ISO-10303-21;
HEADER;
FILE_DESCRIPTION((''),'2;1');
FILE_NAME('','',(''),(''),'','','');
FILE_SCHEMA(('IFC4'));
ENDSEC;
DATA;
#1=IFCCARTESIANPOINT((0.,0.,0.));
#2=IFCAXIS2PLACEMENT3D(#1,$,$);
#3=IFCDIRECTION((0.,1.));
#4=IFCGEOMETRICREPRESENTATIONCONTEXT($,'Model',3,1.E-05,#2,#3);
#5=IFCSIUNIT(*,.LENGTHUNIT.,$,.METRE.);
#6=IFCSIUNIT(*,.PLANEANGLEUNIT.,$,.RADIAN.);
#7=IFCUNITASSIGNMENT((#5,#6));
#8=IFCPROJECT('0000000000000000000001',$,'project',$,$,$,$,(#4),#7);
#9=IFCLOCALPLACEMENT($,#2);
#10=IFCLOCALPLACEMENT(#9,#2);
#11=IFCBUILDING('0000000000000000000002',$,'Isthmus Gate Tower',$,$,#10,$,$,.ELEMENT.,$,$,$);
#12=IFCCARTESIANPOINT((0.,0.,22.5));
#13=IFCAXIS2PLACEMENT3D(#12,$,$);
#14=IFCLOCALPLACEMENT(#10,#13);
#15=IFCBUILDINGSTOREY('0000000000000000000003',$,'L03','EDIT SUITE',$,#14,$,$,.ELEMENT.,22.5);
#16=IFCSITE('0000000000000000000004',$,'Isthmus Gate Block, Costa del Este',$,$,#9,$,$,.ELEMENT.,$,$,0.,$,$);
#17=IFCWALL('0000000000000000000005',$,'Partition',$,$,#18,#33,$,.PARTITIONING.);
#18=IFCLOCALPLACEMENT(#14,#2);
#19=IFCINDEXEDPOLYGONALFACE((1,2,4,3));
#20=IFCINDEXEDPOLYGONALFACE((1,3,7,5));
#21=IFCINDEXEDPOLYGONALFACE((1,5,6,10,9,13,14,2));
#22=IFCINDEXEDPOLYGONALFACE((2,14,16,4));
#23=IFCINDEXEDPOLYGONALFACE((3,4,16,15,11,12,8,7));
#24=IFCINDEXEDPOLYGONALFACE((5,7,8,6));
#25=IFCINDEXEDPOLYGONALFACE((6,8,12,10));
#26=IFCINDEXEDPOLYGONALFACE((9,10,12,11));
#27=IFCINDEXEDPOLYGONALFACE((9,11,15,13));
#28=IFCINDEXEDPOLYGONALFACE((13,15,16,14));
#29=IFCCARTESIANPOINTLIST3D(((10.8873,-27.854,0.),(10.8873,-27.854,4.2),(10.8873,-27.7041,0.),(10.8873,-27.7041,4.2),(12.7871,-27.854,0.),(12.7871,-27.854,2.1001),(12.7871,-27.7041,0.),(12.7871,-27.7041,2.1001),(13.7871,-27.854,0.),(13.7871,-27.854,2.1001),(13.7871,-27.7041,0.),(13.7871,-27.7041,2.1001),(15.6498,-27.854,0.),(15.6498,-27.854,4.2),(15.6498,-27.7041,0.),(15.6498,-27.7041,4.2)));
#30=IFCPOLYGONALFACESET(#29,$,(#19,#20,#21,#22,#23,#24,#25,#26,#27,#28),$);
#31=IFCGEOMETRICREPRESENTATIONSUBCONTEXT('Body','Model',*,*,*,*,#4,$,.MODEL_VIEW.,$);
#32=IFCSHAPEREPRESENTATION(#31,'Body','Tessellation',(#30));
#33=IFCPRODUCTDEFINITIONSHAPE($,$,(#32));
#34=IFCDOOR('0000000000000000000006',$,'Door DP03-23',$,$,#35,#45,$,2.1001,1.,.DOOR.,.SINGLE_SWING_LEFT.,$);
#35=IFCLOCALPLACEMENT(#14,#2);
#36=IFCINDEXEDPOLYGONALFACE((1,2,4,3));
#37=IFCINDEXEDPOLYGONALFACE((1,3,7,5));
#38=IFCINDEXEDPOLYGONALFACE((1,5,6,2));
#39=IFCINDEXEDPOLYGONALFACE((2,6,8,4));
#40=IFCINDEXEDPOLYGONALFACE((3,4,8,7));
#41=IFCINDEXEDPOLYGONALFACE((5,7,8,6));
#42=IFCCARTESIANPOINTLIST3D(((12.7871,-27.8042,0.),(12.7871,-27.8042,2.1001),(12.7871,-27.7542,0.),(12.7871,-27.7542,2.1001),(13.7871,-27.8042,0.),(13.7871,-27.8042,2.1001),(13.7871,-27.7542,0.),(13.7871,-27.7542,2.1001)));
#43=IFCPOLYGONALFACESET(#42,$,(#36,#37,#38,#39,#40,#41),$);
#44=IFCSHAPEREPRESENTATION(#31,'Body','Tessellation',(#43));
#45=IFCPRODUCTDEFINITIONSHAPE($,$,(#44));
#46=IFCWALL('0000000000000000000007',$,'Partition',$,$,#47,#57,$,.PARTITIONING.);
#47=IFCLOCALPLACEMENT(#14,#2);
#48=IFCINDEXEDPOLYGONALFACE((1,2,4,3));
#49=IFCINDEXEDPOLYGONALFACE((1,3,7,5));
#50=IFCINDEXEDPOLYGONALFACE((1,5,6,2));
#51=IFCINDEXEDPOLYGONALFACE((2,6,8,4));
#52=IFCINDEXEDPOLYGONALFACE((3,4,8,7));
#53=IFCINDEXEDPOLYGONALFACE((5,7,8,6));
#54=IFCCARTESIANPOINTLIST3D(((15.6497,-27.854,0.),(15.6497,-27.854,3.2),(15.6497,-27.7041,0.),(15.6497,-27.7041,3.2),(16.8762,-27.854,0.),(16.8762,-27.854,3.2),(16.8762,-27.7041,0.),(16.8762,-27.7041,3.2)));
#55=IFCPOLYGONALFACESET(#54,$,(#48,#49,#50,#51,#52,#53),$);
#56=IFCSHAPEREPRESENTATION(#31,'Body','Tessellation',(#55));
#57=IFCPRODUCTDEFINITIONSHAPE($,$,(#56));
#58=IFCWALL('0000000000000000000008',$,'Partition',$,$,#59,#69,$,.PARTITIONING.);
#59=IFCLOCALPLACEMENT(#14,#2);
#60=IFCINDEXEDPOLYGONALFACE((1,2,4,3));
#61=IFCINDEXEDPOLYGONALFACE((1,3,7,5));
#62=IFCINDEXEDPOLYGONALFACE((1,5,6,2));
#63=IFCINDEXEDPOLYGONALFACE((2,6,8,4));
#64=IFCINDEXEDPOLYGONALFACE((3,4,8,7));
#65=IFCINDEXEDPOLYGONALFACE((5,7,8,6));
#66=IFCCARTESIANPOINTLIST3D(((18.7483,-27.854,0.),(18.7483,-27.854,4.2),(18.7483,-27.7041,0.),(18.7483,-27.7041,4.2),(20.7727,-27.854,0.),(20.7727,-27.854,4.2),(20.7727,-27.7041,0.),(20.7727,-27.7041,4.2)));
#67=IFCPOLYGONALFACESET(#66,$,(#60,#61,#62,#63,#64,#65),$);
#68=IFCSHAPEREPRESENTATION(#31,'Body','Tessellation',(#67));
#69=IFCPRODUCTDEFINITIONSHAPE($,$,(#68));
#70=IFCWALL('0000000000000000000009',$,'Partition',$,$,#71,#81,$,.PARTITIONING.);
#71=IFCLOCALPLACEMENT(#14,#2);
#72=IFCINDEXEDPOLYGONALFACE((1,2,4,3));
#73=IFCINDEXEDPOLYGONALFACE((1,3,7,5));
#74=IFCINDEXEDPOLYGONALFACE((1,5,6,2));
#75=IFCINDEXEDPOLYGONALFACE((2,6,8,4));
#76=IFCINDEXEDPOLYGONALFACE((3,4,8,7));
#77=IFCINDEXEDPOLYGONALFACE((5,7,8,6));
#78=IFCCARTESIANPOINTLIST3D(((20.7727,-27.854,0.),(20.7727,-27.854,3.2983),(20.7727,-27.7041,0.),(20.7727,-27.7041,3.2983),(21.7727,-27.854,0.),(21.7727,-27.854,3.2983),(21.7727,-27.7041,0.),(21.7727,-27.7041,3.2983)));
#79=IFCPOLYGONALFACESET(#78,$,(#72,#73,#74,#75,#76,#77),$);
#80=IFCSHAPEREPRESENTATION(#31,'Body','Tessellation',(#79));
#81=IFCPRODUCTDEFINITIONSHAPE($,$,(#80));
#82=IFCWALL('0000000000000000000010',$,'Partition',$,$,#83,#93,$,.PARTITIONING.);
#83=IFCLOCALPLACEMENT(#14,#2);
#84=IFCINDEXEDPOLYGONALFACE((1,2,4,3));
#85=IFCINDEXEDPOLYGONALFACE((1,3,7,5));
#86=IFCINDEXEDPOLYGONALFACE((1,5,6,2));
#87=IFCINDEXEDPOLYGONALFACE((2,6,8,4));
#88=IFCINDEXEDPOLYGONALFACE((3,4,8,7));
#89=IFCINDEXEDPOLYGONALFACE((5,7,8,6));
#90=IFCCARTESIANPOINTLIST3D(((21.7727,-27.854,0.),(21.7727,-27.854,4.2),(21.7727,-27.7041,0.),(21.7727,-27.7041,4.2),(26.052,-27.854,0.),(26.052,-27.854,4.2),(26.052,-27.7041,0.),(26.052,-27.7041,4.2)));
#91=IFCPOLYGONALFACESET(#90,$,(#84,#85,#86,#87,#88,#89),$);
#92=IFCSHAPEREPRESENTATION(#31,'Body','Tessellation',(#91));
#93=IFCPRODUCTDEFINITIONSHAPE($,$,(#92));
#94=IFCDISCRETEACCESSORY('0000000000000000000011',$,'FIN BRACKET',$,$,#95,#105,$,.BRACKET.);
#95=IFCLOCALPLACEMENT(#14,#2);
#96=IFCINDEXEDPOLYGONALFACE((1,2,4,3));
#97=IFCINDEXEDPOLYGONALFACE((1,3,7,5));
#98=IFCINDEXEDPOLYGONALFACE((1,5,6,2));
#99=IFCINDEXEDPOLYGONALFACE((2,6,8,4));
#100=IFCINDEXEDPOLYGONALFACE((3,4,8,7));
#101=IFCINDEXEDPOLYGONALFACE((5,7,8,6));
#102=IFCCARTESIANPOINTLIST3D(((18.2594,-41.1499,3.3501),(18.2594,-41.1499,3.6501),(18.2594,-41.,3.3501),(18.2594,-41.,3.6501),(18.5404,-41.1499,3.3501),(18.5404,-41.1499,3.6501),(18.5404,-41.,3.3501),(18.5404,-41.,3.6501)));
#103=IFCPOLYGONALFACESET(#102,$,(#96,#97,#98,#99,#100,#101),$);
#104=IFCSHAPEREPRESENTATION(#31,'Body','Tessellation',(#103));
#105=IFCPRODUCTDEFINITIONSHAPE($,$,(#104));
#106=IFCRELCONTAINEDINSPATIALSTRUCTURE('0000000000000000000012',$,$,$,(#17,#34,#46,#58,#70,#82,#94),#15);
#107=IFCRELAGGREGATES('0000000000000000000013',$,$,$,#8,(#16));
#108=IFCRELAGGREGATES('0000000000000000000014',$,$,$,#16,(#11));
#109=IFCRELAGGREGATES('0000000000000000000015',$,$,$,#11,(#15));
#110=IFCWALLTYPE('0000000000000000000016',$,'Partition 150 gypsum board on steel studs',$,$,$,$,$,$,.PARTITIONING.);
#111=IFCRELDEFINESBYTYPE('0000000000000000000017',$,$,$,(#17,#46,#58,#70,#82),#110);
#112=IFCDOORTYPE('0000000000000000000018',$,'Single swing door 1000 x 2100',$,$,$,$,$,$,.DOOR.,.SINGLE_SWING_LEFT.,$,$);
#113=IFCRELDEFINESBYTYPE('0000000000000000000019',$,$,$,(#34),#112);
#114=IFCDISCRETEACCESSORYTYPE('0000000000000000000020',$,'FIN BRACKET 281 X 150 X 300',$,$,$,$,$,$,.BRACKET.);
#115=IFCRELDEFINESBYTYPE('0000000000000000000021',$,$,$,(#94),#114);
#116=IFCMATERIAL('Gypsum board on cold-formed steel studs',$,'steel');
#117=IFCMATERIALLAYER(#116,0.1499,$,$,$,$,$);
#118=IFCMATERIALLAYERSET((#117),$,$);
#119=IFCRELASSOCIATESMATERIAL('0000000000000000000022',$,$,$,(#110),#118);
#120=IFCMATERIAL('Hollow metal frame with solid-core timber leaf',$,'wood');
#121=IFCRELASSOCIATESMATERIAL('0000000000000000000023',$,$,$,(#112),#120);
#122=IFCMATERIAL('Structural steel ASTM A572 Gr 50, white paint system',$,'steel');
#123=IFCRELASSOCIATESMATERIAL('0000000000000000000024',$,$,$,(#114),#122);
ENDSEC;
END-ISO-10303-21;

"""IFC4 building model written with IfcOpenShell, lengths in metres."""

from ifc_helpers import new_model, si_unit, direction, frame, frame_2d, origin, origin_2d, place, context, subcontext, project, spatial, rectangle, extrude, material, layer, layer_set, type_object, element, fill, save


model = new_model("IFC4")

# Units and contexts
model_context = context("Model", 3, precision=1e-05, world=origin(), true_north=direction((0.0, 1.0)))
body_context = subcontext(model_context, "Body", "Model", "MODEL_VIEW")
ifc_project = project(units=[si_unit("LENGTHUNIT", "METRE"), si_unit("PLANEANGLEUNIT", "RADIAN")], contexts=[model_context])

# Site, building, storey
site_placement = place(None, origin())
site = spatial("IfcSite", under=ifc_project, at=site_placement, Name="Isthmus Gate Block, Costa del Este", CompositionType="ELEMENT", RefElevation=0.0)
building_placement = place(site_placement, origin())
building = spatial("IfcBuilding", under=site, at=building_placement, Name="Isthmus Gate Tower", CompositionType="ELEMENT")
storey_placement = place(building_placement, frame((0.0, 0.0, 22.5)))
storey = spatial("IfcBuildingStorey", under=building, at=storey_placement, Name="L03", Description="EDIT SUITE", CompositionType="ELEMENT", Elevation=22.5)

# Wall, opening, door
ifc_material_1 = material(Name="Gypsum board on cold-formed steel studs", Category="steel")
ifc_layer_1 = layer(ifc_material_1, 0.1499)
ifc_layer_set_1 = layer_set([ifc_layer_1])
wall_type_1 = type_object("IfcWallType", Name="Partition 150 gypsum board on steel studs", PredefinedType="PARTITIONING", material=ifc_layer_set_1)
ifc_material_2 = material(Name="Hollow metal frame with solid-core timber leaf", Category="wood")
door_type_1 = type_object("IfcDoorType", Name="Single swing door 1000 x 2100", OperationType="SINGLE_SWING_LEFT", PredefinedType="DOOR", material=ifc_material_2)
wall_1_placement = place(storey_placement, frame((10.8872, -27.7791, 0.0), z_axis=(0.0, 0.0, 1.0), x_axis=(1.0, 0.0, 0.0)))
wall_1 = element("IfcWall", 1, at=wall_1_placement, inside=storey, type_object=wall_type_1, Name="Partition", PredefinedType="PARTITIONING", context=body_context, shape_type="SweptSolid", body=[
    extrude(rectangle(XDim=4.7625, YDim=0.1499, at=frame_2d((2.3813, 0.0))), origin(), (0.0, 0.0, 1.0), 4.2),
])
opening_1_placement = place(wall_1_placement, frame((1.8999, 0.0, 0.0)))
opening_1 = element("IfcOpeningElement", 2, at=opening_1_placement, cuts=wall_1, PredefinedType="OPENING", context=body_context, shape_type="SweptSolid", body=[
    extrude(rectangle(XDim=1.0, YDim=2.1001, at=frame_2d((0.5, 1.05))), frame((0.0, 0.085, 0.0), z_axis=(0.0, -1.0, 0.0), x_axis=(1.0, 0.0, 0.0)), (0.0, 0.0, 1.0), 0.1699),
])
door_1_placement = place(opening_1_placement, origin())
door_1 = element("IfcDoor", 3, at=door_1_placement, inside=storey, type_object=door_type_1, Name="Door DP03-23", OperationType="SINGLE_SWING_LEFT", OverallHeight=2.1001, OverallWidth=1.0, PredefinedType="DOOR", context=body_context, shape_type="SweptSolid", body=[
    extrude(rectangle(XDim=1.0, YDim=2.1001, at=frame_2d((0.5, 1.05))), frame((0.0, 0.0249, 0.0), z_axis=(0.0, -1.0, 0.0), x_axis=(1.0, 0.0, 0.0)), (0.0, 0.0, 1.0), 0.05),
])
fill(opening_1, door_1)

# Walls
wall_2_placement = place(storey_placement, frame((15.6497, -27.7791, 0.0), z_axis=(0.0, 0.0, 1.0), x_axis=(1.0, 0.0, 0.0)))
element("IfcWall", 4, at=wall_2_placement, inside=storey, type_object=wall_type_1, Name="Partition", PredefinedType="PARTITIONING", context=body_context, shape_type="SweptSolid", body=[
    extrude(rectangle(XDim=1.2266, YDim=0.1499, at=frame_2d((0.6133, 0.0))), origin(), (0.0, 0.0, 1.0), 3.2),
])
wall_3_placement = place(storey_placement, frame((18.7483, -27.7791, 0.0), z_axis=(0.0, 0.0, 1.0), x_axis=(1.0, 0.0, 0.0)))
element("IfcWall", 5, at=wall_3_placement, inside=storey, type_object=wall_type_1, Name="Partition", PredefinedType="PARTITIONING", context=body_context, shape_type="SweptSolid", body=[
    extrude(rectangle(XDim=2.0244, YDim=0.1499, at=frame_2d((1.0122, 0.0))), origin(), (0.0, 0.0, 1.0), 4.2),
])
wall_4_placement = place(storey_placement, frame((20.7727, -27.7791, 0.0), z_axis=(0.0, 0.0, 1.0), x_axis=(1.0, 0.0, 0.0)))
element("IfcWall", 6, at=wall_4_placement, inside=storey, type_object=wall_type_1, Name="Partition", PredefinedType="PARTITIONING", context=body_context, shape_type="SweptSolid", body=[
    extrude(rectangle(XDim=1.0, YDim=0.1499, at=frame_2d((0.5, 0.0))), origin(), (0.0, 0.0, 1.0), 3.2983),
])
wall_5_placement = place(storey_placement, frame((21.7727, -27.7791, 0.0), z_axis=(0.0, 0.0, 1.0), x_axis=(1.0, 0.0, 0.0)))
element("IfcWall", 7, at=wall_5_placement, inside=storey, type_object=wall_type_1, Name="Partition", PredefinedType="PARTITIONING", context=body_context, shape_type="SweptSolid", body=[
    extrude(rectangle(XDim=4.2793, YDim=0.1499, at=frame_2d((2.1396, 0.0))), origin(), (0.0, 0.0, 1.0), 4.2),
])

# Discrete accessory
ifc_material_3 = material(Name="Structural steel ASTM A572 Gr 50, white paint system", Category="steel")
discrete_accessory_type = type_object("IfcDiscreteAccessoryType", Name="FIN BRACKET 281 X 150 X 300", PredefinedType="BRACKET", material=ifc_material_3)
discrete_accessory_placement = place(storey_placement, frame((18.3999, -41.075, 3.3501), z_axis=(0.0, 0.0, 1.0), x_axis=(0.0, -1.0, 0.0)))
element("IfcDiscreteAccessory", 8, at=discrete_accessory_placement, inside=storey, type_object=discrete_accessory_type, Name="FIN BRACKET", PredefinedType="BRACKET", context=body_context, shape_type="SweptSolid", body=[
    extrude(rectangle(XDim=0.1499, YDim=0.281, at=origin_2d()), origin(), (0.0, 0.0, 1.0), 0.3),
])

save(model, "model.ifc")
